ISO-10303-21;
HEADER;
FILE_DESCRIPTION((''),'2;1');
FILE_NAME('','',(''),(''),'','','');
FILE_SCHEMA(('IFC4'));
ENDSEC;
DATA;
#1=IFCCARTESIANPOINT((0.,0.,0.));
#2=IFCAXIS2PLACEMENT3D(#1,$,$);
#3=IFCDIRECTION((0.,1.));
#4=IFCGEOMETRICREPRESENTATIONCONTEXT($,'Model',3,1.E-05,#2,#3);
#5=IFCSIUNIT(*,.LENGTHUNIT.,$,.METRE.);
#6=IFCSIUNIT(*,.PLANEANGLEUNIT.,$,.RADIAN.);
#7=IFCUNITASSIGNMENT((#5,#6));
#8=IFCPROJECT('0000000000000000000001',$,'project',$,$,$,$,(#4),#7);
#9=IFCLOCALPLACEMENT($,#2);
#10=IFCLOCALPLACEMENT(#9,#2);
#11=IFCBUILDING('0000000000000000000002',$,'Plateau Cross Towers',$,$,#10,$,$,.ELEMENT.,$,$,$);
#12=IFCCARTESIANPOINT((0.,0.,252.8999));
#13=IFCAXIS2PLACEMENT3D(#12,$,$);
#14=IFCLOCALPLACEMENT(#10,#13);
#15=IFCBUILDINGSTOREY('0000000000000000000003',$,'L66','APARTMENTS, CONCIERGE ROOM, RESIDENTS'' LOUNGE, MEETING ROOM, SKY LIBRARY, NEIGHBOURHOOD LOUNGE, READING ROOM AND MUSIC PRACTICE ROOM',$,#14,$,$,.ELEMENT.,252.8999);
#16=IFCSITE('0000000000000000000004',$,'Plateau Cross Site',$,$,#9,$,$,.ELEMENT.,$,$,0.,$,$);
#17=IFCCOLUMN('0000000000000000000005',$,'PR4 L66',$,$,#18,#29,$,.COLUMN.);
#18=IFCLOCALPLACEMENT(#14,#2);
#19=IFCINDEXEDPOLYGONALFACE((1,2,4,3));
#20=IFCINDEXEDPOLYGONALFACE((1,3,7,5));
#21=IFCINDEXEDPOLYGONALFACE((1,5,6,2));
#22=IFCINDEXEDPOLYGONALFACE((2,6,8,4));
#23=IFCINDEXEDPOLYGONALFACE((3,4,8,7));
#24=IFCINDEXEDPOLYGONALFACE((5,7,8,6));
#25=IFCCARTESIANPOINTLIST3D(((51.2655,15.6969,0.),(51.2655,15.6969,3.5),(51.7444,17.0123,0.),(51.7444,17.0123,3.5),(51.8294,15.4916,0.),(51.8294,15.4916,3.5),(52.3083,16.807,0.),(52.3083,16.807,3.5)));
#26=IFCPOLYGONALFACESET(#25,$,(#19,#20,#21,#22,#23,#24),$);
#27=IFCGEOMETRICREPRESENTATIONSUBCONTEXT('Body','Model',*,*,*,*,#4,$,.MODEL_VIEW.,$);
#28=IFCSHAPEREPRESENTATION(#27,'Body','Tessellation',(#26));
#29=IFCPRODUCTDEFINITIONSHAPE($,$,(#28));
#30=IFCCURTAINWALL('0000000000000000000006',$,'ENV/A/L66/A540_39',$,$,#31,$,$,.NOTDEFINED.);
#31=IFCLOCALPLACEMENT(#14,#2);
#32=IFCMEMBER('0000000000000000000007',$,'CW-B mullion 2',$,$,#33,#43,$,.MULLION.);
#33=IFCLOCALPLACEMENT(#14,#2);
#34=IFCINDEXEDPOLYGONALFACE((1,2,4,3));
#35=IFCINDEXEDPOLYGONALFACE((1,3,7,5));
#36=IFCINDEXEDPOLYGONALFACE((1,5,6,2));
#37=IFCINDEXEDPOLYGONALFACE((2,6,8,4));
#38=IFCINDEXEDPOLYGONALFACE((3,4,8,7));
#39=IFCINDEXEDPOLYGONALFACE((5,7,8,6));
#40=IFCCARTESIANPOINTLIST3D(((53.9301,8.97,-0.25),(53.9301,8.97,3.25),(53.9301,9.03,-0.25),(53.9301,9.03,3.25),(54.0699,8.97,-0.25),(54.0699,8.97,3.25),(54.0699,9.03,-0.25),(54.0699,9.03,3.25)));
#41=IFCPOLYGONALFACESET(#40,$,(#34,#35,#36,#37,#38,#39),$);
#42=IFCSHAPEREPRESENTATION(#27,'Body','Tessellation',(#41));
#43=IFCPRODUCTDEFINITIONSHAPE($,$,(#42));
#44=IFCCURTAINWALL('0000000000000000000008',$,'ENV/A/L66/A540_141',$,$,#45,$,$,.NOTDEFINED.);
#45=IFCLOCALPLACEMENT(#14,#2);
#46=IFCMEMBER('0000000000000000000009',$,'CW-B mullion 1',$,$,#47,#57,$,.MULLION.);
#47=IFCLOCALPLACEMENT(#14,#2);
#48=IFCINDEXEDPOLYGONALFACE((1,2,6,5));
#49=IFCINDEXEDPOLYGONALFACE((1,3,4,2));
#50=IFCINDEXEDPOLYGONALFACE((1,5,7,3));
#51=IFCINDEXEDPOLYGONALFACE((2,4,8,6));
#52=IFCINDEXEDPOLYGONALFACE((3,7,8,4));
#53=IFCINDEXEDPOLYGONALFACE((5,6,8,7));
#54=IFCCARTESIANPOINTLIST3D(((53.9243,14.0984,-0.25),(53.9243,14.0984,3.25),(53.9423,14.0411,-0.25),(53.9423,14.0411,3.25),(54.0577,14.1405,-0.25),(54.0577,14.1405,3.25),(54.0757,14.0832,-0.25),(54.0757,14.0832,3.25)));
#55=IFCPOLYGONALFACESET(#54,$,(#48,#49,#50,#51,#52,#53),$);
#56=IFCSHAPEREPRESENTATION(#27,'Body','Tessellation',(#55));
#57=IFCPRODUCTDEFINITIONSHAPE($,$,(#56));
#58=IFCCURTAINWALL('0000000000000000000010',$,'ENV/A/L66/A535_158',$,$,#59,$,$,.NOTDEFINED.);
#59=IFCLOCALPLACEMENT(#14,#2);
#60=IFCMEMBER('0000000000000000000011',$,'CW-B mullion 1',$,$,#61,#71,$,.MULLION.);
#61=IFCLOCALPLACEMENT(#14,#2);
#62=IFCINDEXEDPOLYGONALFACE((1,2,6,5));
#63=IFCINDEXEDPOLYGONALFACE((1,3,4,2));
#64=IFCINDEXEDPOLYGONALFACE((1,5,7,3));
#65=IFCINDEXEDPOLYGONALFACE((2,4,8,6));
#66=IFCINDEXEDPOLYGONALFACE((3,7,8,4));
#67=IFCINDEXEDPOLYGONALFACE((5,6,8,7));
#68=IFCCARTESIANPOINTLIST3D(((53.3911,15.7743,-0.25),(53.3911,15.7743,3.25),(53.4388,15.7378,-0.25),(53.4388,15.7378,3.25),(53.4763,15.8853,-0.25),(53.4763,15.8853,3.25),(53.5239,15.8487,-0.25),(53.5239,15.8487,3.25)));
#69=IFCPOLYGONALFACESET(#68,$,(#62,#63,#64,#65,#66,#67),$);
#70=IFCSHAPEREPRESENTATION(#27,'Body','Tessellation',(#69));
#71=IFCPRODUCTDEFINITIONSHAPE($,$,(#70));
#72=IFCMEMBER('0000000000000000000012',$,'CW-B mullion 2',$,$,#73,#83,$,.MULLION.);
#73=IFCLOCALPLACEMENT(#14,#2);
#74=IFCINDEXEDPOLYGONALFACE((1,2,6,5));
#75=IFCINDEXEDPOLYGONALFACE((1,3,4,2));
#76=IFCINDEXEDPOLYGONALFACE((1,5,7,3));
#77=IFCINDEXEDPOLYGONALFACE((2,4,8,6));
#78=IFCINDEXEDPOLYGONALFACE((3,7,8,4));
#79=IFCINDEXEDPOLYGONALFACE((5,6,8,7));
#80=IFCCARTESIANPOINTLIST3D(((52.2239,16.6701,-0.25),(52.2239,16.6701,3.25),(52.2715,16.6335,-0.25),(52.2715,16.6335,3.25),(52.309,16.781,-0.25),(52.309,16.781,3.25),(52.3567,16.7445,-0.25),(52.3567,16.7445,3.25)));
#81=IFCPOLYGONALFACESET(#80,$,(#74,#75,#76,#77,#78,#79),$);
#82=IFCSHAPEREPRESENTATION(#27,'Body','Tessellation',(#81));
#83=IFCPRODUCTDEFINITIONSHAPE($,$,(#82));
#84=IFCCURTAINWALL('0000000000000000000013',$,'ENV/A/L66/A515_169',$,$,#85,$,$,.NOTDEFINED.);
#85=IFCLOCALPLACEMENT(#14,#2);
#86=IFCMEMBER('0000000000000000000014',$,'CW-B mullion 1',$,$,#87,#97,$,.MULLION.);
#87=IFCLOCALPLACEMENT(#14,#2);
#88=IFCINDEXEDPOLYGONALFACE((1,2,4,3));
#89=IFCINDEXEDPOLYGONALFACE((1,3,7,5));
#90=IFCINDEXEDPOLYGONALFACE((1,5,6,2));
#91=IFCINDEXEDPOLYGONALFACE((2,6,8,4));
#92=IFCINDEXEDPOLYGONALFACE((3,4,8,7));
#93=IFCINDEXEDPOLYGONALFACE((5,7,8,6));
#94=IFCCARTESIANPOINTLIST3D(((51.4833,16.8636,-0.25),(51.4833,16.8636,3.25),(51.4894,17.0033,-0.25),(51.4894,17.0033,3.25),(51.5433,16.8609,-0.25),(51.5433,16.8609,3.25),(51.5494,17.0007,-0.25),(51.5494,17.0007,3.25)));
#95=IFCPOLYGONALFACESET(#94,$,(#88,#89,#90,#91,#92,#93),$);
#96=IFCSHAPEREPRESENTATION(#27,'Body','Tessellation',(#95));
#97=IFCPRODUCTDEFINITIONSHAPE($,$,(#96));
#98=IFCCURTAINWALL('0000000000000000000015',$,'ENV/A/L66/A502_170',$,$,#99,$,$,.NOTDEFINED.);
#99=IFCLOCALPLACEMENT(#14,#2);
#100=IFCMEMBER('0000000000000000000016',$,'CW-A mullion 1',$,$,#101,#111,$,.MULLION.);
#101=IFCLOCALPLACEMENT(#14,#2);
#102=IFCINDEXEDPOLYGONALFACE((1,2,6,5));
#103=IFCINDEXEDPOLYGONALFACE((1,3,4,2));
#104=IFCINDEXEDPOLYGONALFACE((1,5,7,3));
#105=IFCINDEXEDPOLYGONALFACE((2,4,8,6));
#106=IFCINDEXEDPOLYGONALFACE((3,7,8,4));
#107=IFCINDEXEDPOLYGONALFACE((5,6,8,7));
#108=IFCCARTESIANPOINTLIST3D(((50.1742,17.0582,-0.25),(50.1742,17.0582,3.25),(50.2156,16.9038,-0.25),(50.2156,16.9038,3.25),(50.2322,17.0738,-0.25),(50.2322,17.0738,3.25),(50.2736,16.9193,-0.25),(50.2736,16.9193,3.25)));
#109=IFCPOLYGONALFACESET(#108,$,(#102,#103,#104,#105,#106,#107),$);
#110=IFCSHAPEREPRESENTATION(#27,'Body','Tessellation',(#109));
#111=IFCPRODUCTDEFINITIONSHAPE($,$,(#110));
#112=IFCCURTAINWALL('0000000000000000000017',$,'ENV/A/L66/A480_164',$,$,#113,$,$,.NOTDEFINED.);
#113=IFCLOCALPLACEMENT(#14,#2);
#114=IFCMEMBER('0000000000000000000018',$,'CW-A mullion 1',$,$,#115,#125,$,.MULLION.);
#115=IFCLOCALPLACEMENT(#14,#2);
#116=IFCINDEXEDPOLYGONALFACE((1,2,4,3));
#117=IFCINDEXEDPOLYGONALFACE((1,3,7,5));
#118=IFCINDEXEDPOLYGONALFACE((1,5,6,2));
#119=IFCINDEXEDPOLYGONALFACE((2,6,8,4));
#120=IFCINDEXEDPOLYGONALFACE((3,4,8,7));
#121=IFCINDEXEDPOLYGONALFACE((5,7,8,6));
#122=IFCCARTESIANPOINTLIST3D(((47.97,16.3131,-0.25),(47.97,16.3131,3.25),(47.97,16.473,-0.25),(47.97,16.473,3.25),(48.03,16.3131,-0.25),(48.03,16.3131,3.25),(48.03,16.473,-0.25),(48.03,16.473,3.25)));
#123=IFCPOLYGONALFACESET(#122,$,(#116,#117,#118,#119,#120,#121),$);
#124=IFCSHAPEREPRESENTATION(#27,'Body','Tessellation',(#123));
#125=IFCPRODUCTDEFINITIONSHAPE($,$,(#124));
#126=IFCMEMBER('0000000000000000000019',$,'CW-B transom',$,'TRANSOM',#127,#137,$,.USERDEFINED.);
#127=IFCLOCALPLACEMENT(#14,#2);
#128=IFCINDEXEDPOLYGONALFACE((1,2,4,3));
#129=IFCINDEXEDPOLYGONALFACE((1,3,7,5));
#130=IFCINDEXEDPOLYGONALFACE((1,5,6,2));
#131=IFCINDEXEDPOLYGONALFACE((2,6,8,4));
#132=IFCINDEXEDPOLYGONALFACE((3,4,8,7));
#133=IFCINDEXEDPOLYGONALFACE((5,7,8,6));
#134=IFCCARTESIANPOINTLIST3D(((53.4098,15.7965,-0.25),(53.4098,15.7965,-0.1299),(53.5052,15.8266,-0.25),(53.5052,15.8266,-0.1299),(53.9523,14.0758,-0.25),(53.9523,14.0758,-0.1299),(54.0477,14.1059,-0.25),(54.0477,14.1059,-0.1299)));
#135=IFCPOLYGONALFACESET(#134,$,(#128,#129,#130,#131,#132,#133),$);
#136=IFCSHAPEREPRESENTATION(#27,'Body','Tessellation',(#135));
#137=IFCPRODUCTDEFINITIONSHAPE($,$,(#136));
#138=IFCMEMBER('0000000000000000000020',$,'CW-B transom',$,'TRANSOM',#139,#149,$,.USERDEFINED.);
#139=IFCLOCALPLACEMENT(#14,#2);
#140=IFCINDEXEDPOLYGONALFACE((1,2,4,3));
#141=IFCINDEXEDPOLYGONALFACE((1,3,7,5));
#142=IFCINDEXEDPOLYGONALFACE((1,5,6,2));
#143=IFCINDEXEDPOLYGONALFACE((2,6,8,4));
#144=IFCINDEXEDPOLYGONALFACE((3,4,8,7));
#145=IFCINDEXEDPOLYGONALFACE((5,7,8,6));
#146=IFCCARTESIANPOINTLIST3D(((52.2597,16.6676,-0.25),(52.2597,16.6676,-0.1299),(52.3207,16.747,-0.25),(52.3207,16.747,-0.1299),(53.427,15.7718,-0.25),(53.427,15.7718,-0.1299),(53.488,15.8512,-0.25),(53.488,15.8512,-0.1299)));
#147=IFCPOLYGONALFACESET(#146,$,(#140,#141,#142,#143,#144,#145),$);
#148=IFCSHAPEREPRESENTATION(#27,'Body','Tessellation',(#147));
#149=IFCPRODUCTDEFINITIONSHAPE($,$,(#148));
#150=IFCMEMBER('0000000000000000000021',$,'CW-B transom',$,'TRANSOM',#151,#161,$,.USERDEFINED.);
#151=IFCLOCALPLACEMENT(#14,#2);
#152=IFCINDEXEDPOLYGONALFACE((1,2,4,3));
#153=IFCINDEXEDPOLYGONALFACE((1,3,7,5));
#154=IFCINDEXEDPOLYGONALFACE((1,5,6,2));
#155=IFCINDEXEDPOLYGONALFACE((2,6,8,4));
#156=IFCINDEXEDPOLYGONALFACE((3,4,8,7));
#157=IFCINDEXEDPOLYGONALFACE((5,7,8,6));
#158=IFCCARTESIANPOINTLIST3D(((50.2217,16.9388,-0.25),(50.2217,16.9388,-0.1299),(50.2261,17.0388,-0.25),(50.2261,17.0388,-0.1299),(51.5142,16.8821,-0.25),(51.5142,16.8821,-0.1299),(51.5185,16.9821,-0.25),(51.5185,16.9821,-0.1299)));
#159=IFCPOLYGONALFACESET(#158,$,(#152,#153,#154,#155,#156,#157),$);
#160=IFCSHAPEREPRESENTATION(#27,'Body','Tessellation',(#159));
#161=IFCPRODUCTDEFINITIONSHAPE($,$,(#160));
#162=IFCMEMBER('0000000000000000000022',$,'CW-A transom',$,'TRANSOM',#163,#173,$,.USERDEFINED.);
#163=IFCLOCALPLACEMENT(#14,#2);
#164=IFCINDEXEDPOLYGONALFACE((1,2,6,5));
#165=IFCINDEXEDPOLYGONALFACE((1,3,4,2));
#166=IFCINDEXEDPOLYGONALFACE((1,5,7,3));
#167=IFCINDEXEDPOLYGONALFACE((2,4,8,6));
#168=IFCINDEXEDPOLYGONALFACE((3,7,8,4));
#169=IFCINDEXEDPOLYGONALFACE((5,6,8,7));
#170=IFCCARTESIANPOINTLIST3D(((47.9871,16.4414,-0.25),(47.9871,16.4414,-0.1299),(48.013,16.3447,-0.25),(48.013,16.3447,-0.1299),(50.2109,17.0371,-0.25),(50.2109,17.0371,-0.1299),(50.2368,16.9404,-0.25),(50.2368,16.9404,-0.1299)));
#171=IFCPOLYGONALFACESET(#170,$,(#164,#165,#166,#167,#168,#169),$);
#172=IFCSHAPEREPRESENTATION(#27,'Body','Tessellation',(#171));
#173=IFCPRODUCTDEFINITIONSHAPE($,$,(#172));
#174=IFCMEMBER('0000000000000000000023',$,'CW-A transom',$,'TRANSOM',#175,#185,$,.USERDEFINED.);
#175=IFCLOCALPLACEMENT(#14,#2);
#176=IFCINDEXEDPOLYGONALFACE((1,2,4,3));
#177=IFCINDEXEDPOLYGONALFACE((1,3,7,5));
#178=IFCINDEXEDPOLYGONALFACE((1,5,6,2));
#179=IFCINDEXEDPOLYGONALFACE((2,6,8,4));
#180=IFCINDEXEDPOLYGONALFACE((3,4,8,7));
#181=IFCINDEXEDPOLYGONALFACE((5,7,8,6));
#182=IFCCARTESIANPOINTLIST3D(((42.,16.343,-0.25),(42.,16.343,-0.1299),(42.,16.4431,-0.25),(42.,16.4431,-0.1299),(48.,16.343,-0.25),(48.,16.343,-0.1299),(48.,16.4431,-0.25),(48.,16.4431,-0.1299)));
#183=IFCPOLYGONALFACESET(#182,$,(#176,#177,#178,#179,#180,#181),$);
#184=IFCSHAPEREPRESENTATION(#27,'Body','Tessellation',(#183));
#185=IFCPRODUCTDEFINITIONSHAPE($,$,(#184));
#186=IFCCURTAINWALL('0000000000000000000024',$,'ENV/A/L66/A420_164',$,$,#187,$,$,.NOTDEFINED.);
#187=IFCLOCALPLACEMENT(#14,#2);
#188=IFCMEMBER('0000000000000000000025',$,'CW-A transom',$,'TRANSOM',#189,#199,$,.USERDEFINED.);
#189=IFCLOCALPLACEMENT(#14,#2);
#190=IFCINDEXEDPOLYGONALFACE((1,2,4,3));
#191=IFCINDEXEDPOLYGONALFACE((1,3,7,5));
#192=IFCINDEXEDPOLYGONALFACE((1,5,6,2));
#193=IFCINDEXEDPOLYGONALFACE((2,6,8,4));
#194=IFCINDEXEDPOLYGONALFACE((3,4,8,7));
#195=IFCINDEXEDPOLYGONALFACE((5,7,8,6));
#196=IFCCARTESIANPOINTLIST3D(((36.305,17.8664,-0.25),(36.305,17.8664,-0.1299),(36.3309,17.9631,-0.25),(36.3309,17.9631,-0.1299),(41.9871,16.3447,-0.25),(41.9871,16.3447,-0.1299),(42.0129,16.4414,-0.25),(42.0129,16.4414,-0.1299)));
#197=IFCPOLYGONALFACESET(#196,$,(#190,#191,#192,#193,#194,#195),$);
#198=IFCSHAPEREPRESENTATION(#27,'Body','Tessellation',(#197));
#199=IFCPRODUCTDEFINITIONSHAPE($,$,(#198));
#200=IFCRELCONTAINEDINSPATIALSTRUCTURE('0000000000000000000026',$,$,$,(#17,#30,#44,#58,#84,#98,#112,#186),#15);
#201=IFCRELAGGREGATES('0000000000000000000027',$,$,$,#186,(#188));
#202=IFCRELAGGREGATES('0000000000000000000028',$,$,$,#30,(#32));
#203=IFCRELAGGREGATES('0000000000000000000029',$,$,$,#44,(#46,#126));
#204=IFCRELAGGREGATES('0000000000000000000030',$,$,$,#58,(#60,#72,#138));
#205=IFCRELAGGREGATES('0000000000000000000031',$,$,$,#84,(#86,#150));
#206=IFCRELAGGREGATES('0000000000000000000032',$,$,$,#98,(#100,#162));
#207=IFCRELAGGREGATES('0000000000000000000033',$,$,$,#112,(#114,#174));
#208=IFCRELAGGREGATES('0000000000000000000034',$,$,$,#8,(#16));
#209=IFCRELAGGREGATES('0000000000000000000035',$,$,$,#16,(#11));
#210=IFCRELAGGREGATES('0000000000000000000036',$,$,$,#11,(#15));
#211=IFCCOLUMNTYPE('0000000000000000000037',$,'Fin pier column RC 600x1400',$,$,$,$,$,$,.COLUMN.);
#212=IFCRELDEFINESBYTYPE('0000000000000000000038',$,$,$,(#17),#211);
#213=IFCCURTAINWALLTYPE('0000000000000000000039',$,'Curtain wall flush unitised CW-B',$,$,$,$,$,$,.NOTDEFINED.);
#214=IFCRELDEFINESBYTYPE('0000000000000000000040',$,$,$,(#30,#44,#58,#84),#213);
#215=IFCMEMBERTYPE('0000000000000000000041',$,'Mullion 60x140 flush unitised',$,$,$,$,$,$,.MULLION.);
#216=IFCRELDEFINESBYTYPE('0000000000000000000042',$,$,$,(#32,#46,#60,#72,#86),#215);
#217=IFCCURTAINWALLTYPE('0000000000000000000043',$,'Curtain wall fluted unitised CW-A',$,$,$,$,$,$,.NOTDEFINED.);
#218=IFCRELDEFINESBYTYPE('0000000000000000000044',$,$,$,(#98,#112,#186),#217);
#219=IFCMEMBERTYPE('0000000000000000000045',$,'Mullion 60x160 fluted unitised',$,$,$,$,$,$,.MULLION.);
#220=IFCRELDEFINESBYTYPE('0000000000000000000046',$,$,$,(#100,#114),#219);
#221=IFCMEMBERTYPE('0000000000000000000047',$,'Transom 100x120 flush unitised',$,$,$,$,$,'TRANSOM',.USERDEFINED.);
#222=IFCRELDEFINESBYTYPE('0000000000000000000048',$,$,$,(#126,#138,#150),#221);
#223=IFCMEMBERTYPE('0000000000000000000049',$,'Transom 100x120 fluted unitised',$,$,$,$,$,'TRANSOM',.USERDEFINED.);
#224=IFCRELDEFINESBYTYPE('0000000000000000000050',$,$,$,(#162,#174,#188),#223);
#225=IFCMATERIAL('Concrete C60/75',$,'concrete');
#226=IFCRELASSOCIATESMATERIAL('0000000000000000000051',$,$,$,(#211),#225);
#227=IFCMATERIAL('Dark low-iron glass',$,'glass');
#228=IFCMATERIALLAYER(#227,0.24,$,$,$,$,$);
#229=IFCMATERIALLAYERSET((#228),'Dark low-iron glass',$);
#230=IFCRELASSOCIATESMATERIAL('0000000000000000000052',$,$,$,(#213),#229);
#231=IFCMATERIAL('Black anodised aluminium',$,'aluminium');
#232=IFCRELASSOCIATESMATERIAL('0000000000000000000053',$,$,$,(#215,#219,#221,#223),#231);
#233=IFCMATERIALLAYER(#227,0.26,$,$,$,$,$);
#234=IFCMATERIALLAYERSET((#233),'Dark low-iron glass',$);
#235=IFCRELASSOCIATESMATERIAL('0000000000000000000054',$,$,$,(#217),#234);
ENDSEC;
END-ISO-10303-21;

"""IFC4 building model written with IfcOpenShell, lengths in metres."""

from ifc_helpers import new_model, si_unit, direction, frame, origin, origin_2d, place, context, subcontext, project, spatial, rectangle, extrude, material, layer, layer_set, material_profile, profile_set, type_object, element, aggregate, save


model = new_model("IFC4")

# Units and contexts
model_context = context("Model", 3, precision=1e-05, world=origin(), true_north=direction((0.0, 1.0)))
body_context = subcontext(model_context, "Body", "Model", "MODEL_VIEW")
ifc_project = project(units=[si_unit("LENGTHUNIT", "METRE"), si_unit("PLANEANGLEUNIT", "RADIAN")], contexts=[model_context])

# Site, building, storey
site_placement = place(None, origin())
site = spatial("IfcSite", under=ifc_project, at=site_placement, Name="Plateau Cross Site", CompositionType="ELEMENT", RefElevation=0.0)
building_placement = place(site_placement, origin())
building = spatial("IfcBuilding", under=site, at=building_placement, Name="Plateau Cross Towers", CompositionType="ELEMENT")
storey_placement = place(building_placement, frame((0.0, 0.0, 252.8999)))
storey = spatial("IfcBuildingStorey", under=building, at=storey_placement, Name="L66", Description="APARTMENTS, CONCIERGE ROOM, RESIDENTS' LOUNGE, MEETING ROOM, SKY LIBRARY, NEIGHBOURHOOD LOUNGE, READING ROOM AND MUSIC PRACTICE ROOM", CompositionType="ELEMENT", Elevation=252.8999)

# Column
ifc_material_1 = material(Name="Concrete C60/75", Category="concrete")
ifc_material_profile_1 = material_profile(ifc_material_1, rectangle(XDim=0.6001, YDim=1.3999, at=origin_2d()), Name="RC 600x1400")
ifc_profile_set_1 = profile_set([ifc_material_profile_1], Name="Concrete C60/75")
column_type = type_object("IfcColumnType", Name="Fin pier column RC 600x1400", PredefinedType="COLUMN", material=ifc_profile_set_1)
column_placement = place(storey_placement, frame((51.7869, 16.252, 0.0), z_axis=(0.0, 0.0, 1.0), x_axis=(-0.939664, 0.342098, 0.0)))
element("IfcColumn", 1, at=column_placement, inside=storey, type_object=column_type, Name="PR4 L66", PredefinedType="COLUMN", context=body_context, shape_type="SweptSolid", body=[
    extrude(rectangle(XDim=0.6001, YDim=1.3999, at=origin_2d()), origin(), (0.0, 0.0, 1.0), 3.5),
])

# Curtain walls, members
ifc_material_2 = material(Name="Dark low-iron glass", Category="glass")
ifc_layer_1 = layer(ifc_material_2, 0.24)
ifc_layer_set_1 = layer_set([ifc_layer_1], Name="Dark low-iron glass")
curtain_wall_type_1 = type_object("IfcCurtainWallType", Name="Curtain wall flush unitised CW-B", PredefinedType="NOTDEFINED", material=ifc_layer_set_1)
curtain_wall_1_placement = place(storey_placement, origin())
curtain_wall_1 = element("IfcCurtainWall", 2, at=curtain_wall_1_placement, inside=storey, type_object=curtain_wall_type_1, Name="ENV/A/L66/A540_39", PredefinedType="NOTDEFINED")
ifc_material_3 = material(Name="Black anodised aluminium", Category="aluminium")
ifc_material_profile_2 = material_profile(ifc_material_3, rectangle(XDim=0.0601, YDim=0.1399, at=origin_2d()), Name="MULLION 60x140")
ifc_profile_set_2 = profile_set([ifc_material_profile_2], Name="Black anodised aluminium")
member_type_1 = type_object("IfcMemberType", Name="Mullion 60x140 flush unitised", PredefinedType="MULLION", material=ifc_profile_set_2)
member_1_placement = place(storey_placement, frame((54.0, 9.0, -0.25), z_axis=(0.0, 0.0, 1.0), x_axis=(0.0, 1.0, 0.0)))
member_1 = element("IfcMember", 3, at=member_1_placement, type_object=member_type_1, Name="CW-B mullion 2", PredefinedType="MULLION", context=body_context, shape_type="SweptSolid", body=[
    extrude(rectangle(XDim=0.0601, YDim=0.1399, at=origin_2d()), origin(), (0.0, 0.0, 1.0), 3.5),
])
curtain_wall_2_placement = place(storey_placement, origin())
curtain_wall_2 = element("IfcCurtainWall", 4, at=curtain_wall_2_placement, inside=storey, type_object=curtain_wall_type_1, Name="ENV/A/L66/A540_141", PredefinedType="NOTDEFINED")
member_2_placement = place(storey_placement, frame((54.0, 14.0908, -0.25), z_axis=(0.0, 0.0, 1.0), x_axis=(-0.300686, 0.953723, 0.0)))
member_2 = element("IfcMember", 5, at=member_2_placement, type_object=member_type_1, Name="CW-B mullion 1", PredefinedType="MULLION", context=body_context, shape_type="SweptSolid", body=[
    extrude(rectangle(XDim=0.0601, YDim=0.1399, at=origin_2d()), origin(), (0.0, 0.0, 1.0), 3.5),
])

# Curtain wall, members
curtain_wall_3_placement = place(storey_placement, origin())
curtain_wall_3 = element("IfcCurtainWall", 6, at=curtain_wall_3_placement, inside=storey, type_object=curtain_wall_type_1, Name="ENV/A/L66/A535_158", PredefinedType="NOTDEFINED")
member_3_placement = place(storey_placement, frame((53.4575, 15.8115, -0.25), z_axis=(0.0, 0.0, 1.0), x_axis=(-0.793316, 0.608811, 0.0)))
member_3 = element("IfcMember", 7, at=member_3_placement, type_object=member_type_1, Name="CW-B mullion 1", PredefinedType="MULLION", context=body_context, shape_type="SweptSolid", body=[
    extrude(rectangle(XDim=0.0601, YDim=0.1399, at=origin_2d()), origin(), (0.0, 0.0, 1.0), 3.5),
])
member_4_placement = place(storey_placement, frame((52.2903, 16.7073, -0.25), z_axis=(0.0, 0.0, 1.0), x_axis=(-0.793316, 0.608811, 0.0)))
member_4 = element("IfcMember", 8, at=member_4_placement, type_object=member_type_1, Name="CW-B mullion 2", PredefinedType="MULLION", context=body_context, shape_type="SweptSolid", body=[
    extrude(rectangle(XDim=0.0601, YDim=0.1399, at=origin_2d()), origin(), (0.0, 0.0, 1.0), 3.5),
])

# Curtain walls, members
curtain_wall_4_placement = place(storey_placement, origin())
curtain_wall_4 = element("IfcCurtainWall", 9, at=curtain_wall_4_placement, inside=storey, type_object=curtain_wall_type_1, Name="ENV/A/L66/A515_169", PredefinedType="NOTDEFINED")
member_5_placement = place(storey_placement, frame((51.5164, 16.9321, -0.25), z_axis=(0.0, 0.0, 1.0), x_axis=(-0.999044, 0.043723, 0.0)))
member_5 = element("IfcMember", 10, at=member_5_placement, type_object=member_type_1, Name="CW-B mullion 1", PredefinedType="MULLION", context=body_context, shape_type="SweptSolid", body=[
    extrude(rectangle(XDim=0.0601, YDim=0.1399, at=origin_2d()), origin(), (0.0, 0.0, 1.0), 3.5),
])
ifc_layer_2 = layer(ifc_material_2, 0.26)
ifc_layer_set_2 = layer_set([ifc_layer_2], Name="Dark low-iron glass")
curtain_wall_type_2 = type_object("IfcCurtainWallType", Name="Curtain wall fluted unitised CW-A", PredefinedType="NOTDEFINED", material=ifc_layer_set_2)
curtain_wall_5_placement = place(storey_placement, origin())
curtain_wall_5 = element("IfcCurtainWall", 11, at=curtain_wall_5_placement, inside=storey, type_object=curtain_wall_type_2, Name="ENV/A/L66/A502_170", PredefinedType="NOTDEFINED")
ifc_material_profile_3 = material_profile(ifc_material_3, rectangle(XDim=0.0601, YDim=0.1599, at=origin_2d()), Name="MULLION 60x160")
ifc_profile_set_3 = profile_set([ifc_material_profile_3], Name="Black anodised aluminium")
member_type_2 = type_object("IfcMemberType", Name="Mullion 60x160 fluted unitised", PredefinedType="MULLION", material=ifc_profile_set_3)
member_6_placement = place(storey_placement, frame((50.2239, 16.9888, -0.25), z_axis=(0.0, 0.0, 1.0), x_axis=(-0.965958, -0.258699, 0.0)))
member_6 = element("IfcMember", 12, at=member_6_placement, type_object=member_type_2, Name="CW-A mullion 1", PredefinedType="MULLION", context=body_context, shape_type="SweptSolid", body=[
    extrude(rectangle(XDim=0.0601, YDim=0.1599, at=origin_2d()), origin(), (0.0, 0.0, 1.0), 3.5),
])
curtain_wall_6_placement = place(storey_placement, origin())
curtain_wall_6 = element("IfcCurtainWall", 13, at=curtain_wall_6_placement, inside=storey, type_object=curtain_wall_type_2, Name="ENV/A/L66/A480_164", PredefinedType="NOTDEFINED")
member_7_placement = place(storey_placement, frame((48.0, 16.3931, -0.25), z_axis=(0.0, 0.0, 1.0), x_axis=(-1.0, 0.0, 0.0)))
member_7 = element("IfcMember", 14, at=member_7_placement, type_object=member_type_2, Name="CW-A mullion 1", PredefinedType="MULLION", context=body_context, shape_type="SweptSolid", body=[
    extrude(rectangle(XDim=0.0601, YDim=0.1599, at=origin_2d()), origin(), (0.0, 0.0, 1.0), 3.5),
])

# Members
ifc_material_profile_4 = material_profile(ifc_material_3, rectangle(XDim=0.1001, YDim=0.1201, at=origin_2d()), Name="TRANSOM 100x120")
ifc_profile_set_4 = profile_set([ifc_material_profile_4], Name="Black anodised aluminium")
member_type_3 = type_object("IfcMemberType", Name="Transom 100x120 flush unitised", ElementType="TRANSOM", PredefinedType="USERDEFINED", material=ifc_profile_set_4)
member_8_placement = place(storey_placement, frame((54.0, 14.0908, -0.1899), z_axis=(-0.300678, 0.953726, 0.0), x_axis=(-0.953726, -0.300678, 0.0)))
member_8 = element("IfcMember", 15, at=member_8_placement, type_object=member_type_3, Name="CW-B transom", ObjectType="TRANSOM", PredefinedType="USERDEFINED", context=body_context, shape_type="SweptSolid", body=[
    extrude(rectangle(XDim=0.1001, YDim=0.1201, at=origin_2d()), origin(), (0.0, 0.0, 1.0), 1.8042),
])
member_9_placement = place(storey_placement, frame((53.4575, 15.8115, -0.1899), z_axis=(-0.793321, 0.608804, 0.0), x_axis=(-0.608804, -0.793321, 0.0)))
member_9 = element("IfcMember", 16, at=member_9_placement, type_object=member_type_3, Name="CW-B transom", ObjectType="TRANSOM", PredefinedType="USERDEFINED", context=body_context, shape_type="SweptSolid", body=[
    extrude(rectangle(XDim=0.1001, YDim=0.1201, at=origin_2d()), origin(), (0.0, 0.0, 1.0), 1.4714),
])
member_10_placement = place(storey_placement, frame((51.5164, 16.9321, -0.1899), z_axis=(-0.999041, 0.043781, 0.0), x_axis=(-0.043781, -0.999041, 0.0)))
member_10 = element("IfcMember", 17, at=member_10_placement, type_object=member_type_3, Name="CW-B transom", ObjectType="TRANSOM", PredefinedType="USERDEFINED", context=body_context, shape_type="SweptSolid", body=[
    extrude(rectangle(XDim=0.1001, YDim=0.1201, at=origin_2d()), origin(), (0.0, 0.0, 1.0), 1.2937),
])
ifc_material_profile_5 = material_profile(ifc_material_3, rectangle(XDim=0.1001, YDim=0.1201, at=origin_2d()), Name="TRANSOM 100x120")
ifc_profile_set_5 = profile_set([ifc_material_profile_5], Name="Black anodised aluminium")
member_type_4 = type_object("IfcMemberType", Name="Transom 100x120 fluted unitised", ElementType="TRANSOM", PredefinedType="USERDEFINED", material=ifc_profile_set_5)
member_11_placement = place(storey_placement, frame((50.2239, 16.9888, -0.1899), z_axis=(-0.965946, -0.258745, 0.0), x_axis=(0.258745, -0.965946, 0.0)))
member_11 = element("IfcMember", 18, at=member_11_placement, type_object=member_type_4, Name="CW-A transom", ObjectType="TRANSOM", PredefinedType="USERDEFINED", context=body_context, shape_type="SweptSolid", body=[
    extrude(rectangle(XDim=0.1001, YDim=0.1201, at=origin_2d()), origin(), (0.0, 0.0, 1.0), 2.3022),
])
member_12_placement = place(storey_placement, frame((48.0, 16.3931, -0.1899), z_axis=(-1.0, 0.0, 0.0), x_axis=(0.0, -1.0, 0.0)))
member_12 = element("IfcMember", 19, at=member_12_placement, type_object=member_type_4, Name="CW-A transom", ObjectType="TRANSOM", PredefinedType="USERDEFINED", context=body_context, shape_type="SweptSolid", body=[
    extrude(rectangle(XDim=0.1001, YDim=0.1201, at=origin_2d()), origin(), (0.0, 0.0, 1.0), 6.0),
])

# Curtain wall, member
curtain_wall_7_placement = place(storey_placement, origin())
curtain_wall_7 = element("IfcCurtainWall", 20, at=curtain_wall_7_placement, inside=storey, type_object=curtain_wall_type_2, Name="ENV/A/L66/A420_164", PredefinedType="NOTDEFINED")
member_13_placement = place(storey_placement, frame((42.0, 16.3931, -0.1899), z_axis=(-0.96596, 0.258693, 0.0), x_axis=(-0.258693, -0.96596, 0.0)))
member_13 = element("IfcMember", 21, at=member_13_placement, type_object=member_type_4, Name="CW-A transom", ObjectType="TRANSOM", PredefinedType="USERDEFINED", context=body_context, shape_type="SweptSolid", body=[
    extrude(rectangle(XDim=0.1001, YDim=0.1201, at=origin_2d()), origin(), (0.0, 0.0, 1.0), 5.8823),
])
aggregate(curtain_wall_7, [member_13])

aggregate(curtain_wall_1, [member_1])
aggregate(curtain_wall_2, [member_2, member_8])
aggregate(curtain_wall_3, [member_3, member_4, member_9])
aggregate(curtain_wall_4, [member_5, member_10])
aggregate(curtain_wall_5, [member_6, member_11])
aggregate(curtain_wall_6, [member_7, member_12])

save(model, "model.ifc")
